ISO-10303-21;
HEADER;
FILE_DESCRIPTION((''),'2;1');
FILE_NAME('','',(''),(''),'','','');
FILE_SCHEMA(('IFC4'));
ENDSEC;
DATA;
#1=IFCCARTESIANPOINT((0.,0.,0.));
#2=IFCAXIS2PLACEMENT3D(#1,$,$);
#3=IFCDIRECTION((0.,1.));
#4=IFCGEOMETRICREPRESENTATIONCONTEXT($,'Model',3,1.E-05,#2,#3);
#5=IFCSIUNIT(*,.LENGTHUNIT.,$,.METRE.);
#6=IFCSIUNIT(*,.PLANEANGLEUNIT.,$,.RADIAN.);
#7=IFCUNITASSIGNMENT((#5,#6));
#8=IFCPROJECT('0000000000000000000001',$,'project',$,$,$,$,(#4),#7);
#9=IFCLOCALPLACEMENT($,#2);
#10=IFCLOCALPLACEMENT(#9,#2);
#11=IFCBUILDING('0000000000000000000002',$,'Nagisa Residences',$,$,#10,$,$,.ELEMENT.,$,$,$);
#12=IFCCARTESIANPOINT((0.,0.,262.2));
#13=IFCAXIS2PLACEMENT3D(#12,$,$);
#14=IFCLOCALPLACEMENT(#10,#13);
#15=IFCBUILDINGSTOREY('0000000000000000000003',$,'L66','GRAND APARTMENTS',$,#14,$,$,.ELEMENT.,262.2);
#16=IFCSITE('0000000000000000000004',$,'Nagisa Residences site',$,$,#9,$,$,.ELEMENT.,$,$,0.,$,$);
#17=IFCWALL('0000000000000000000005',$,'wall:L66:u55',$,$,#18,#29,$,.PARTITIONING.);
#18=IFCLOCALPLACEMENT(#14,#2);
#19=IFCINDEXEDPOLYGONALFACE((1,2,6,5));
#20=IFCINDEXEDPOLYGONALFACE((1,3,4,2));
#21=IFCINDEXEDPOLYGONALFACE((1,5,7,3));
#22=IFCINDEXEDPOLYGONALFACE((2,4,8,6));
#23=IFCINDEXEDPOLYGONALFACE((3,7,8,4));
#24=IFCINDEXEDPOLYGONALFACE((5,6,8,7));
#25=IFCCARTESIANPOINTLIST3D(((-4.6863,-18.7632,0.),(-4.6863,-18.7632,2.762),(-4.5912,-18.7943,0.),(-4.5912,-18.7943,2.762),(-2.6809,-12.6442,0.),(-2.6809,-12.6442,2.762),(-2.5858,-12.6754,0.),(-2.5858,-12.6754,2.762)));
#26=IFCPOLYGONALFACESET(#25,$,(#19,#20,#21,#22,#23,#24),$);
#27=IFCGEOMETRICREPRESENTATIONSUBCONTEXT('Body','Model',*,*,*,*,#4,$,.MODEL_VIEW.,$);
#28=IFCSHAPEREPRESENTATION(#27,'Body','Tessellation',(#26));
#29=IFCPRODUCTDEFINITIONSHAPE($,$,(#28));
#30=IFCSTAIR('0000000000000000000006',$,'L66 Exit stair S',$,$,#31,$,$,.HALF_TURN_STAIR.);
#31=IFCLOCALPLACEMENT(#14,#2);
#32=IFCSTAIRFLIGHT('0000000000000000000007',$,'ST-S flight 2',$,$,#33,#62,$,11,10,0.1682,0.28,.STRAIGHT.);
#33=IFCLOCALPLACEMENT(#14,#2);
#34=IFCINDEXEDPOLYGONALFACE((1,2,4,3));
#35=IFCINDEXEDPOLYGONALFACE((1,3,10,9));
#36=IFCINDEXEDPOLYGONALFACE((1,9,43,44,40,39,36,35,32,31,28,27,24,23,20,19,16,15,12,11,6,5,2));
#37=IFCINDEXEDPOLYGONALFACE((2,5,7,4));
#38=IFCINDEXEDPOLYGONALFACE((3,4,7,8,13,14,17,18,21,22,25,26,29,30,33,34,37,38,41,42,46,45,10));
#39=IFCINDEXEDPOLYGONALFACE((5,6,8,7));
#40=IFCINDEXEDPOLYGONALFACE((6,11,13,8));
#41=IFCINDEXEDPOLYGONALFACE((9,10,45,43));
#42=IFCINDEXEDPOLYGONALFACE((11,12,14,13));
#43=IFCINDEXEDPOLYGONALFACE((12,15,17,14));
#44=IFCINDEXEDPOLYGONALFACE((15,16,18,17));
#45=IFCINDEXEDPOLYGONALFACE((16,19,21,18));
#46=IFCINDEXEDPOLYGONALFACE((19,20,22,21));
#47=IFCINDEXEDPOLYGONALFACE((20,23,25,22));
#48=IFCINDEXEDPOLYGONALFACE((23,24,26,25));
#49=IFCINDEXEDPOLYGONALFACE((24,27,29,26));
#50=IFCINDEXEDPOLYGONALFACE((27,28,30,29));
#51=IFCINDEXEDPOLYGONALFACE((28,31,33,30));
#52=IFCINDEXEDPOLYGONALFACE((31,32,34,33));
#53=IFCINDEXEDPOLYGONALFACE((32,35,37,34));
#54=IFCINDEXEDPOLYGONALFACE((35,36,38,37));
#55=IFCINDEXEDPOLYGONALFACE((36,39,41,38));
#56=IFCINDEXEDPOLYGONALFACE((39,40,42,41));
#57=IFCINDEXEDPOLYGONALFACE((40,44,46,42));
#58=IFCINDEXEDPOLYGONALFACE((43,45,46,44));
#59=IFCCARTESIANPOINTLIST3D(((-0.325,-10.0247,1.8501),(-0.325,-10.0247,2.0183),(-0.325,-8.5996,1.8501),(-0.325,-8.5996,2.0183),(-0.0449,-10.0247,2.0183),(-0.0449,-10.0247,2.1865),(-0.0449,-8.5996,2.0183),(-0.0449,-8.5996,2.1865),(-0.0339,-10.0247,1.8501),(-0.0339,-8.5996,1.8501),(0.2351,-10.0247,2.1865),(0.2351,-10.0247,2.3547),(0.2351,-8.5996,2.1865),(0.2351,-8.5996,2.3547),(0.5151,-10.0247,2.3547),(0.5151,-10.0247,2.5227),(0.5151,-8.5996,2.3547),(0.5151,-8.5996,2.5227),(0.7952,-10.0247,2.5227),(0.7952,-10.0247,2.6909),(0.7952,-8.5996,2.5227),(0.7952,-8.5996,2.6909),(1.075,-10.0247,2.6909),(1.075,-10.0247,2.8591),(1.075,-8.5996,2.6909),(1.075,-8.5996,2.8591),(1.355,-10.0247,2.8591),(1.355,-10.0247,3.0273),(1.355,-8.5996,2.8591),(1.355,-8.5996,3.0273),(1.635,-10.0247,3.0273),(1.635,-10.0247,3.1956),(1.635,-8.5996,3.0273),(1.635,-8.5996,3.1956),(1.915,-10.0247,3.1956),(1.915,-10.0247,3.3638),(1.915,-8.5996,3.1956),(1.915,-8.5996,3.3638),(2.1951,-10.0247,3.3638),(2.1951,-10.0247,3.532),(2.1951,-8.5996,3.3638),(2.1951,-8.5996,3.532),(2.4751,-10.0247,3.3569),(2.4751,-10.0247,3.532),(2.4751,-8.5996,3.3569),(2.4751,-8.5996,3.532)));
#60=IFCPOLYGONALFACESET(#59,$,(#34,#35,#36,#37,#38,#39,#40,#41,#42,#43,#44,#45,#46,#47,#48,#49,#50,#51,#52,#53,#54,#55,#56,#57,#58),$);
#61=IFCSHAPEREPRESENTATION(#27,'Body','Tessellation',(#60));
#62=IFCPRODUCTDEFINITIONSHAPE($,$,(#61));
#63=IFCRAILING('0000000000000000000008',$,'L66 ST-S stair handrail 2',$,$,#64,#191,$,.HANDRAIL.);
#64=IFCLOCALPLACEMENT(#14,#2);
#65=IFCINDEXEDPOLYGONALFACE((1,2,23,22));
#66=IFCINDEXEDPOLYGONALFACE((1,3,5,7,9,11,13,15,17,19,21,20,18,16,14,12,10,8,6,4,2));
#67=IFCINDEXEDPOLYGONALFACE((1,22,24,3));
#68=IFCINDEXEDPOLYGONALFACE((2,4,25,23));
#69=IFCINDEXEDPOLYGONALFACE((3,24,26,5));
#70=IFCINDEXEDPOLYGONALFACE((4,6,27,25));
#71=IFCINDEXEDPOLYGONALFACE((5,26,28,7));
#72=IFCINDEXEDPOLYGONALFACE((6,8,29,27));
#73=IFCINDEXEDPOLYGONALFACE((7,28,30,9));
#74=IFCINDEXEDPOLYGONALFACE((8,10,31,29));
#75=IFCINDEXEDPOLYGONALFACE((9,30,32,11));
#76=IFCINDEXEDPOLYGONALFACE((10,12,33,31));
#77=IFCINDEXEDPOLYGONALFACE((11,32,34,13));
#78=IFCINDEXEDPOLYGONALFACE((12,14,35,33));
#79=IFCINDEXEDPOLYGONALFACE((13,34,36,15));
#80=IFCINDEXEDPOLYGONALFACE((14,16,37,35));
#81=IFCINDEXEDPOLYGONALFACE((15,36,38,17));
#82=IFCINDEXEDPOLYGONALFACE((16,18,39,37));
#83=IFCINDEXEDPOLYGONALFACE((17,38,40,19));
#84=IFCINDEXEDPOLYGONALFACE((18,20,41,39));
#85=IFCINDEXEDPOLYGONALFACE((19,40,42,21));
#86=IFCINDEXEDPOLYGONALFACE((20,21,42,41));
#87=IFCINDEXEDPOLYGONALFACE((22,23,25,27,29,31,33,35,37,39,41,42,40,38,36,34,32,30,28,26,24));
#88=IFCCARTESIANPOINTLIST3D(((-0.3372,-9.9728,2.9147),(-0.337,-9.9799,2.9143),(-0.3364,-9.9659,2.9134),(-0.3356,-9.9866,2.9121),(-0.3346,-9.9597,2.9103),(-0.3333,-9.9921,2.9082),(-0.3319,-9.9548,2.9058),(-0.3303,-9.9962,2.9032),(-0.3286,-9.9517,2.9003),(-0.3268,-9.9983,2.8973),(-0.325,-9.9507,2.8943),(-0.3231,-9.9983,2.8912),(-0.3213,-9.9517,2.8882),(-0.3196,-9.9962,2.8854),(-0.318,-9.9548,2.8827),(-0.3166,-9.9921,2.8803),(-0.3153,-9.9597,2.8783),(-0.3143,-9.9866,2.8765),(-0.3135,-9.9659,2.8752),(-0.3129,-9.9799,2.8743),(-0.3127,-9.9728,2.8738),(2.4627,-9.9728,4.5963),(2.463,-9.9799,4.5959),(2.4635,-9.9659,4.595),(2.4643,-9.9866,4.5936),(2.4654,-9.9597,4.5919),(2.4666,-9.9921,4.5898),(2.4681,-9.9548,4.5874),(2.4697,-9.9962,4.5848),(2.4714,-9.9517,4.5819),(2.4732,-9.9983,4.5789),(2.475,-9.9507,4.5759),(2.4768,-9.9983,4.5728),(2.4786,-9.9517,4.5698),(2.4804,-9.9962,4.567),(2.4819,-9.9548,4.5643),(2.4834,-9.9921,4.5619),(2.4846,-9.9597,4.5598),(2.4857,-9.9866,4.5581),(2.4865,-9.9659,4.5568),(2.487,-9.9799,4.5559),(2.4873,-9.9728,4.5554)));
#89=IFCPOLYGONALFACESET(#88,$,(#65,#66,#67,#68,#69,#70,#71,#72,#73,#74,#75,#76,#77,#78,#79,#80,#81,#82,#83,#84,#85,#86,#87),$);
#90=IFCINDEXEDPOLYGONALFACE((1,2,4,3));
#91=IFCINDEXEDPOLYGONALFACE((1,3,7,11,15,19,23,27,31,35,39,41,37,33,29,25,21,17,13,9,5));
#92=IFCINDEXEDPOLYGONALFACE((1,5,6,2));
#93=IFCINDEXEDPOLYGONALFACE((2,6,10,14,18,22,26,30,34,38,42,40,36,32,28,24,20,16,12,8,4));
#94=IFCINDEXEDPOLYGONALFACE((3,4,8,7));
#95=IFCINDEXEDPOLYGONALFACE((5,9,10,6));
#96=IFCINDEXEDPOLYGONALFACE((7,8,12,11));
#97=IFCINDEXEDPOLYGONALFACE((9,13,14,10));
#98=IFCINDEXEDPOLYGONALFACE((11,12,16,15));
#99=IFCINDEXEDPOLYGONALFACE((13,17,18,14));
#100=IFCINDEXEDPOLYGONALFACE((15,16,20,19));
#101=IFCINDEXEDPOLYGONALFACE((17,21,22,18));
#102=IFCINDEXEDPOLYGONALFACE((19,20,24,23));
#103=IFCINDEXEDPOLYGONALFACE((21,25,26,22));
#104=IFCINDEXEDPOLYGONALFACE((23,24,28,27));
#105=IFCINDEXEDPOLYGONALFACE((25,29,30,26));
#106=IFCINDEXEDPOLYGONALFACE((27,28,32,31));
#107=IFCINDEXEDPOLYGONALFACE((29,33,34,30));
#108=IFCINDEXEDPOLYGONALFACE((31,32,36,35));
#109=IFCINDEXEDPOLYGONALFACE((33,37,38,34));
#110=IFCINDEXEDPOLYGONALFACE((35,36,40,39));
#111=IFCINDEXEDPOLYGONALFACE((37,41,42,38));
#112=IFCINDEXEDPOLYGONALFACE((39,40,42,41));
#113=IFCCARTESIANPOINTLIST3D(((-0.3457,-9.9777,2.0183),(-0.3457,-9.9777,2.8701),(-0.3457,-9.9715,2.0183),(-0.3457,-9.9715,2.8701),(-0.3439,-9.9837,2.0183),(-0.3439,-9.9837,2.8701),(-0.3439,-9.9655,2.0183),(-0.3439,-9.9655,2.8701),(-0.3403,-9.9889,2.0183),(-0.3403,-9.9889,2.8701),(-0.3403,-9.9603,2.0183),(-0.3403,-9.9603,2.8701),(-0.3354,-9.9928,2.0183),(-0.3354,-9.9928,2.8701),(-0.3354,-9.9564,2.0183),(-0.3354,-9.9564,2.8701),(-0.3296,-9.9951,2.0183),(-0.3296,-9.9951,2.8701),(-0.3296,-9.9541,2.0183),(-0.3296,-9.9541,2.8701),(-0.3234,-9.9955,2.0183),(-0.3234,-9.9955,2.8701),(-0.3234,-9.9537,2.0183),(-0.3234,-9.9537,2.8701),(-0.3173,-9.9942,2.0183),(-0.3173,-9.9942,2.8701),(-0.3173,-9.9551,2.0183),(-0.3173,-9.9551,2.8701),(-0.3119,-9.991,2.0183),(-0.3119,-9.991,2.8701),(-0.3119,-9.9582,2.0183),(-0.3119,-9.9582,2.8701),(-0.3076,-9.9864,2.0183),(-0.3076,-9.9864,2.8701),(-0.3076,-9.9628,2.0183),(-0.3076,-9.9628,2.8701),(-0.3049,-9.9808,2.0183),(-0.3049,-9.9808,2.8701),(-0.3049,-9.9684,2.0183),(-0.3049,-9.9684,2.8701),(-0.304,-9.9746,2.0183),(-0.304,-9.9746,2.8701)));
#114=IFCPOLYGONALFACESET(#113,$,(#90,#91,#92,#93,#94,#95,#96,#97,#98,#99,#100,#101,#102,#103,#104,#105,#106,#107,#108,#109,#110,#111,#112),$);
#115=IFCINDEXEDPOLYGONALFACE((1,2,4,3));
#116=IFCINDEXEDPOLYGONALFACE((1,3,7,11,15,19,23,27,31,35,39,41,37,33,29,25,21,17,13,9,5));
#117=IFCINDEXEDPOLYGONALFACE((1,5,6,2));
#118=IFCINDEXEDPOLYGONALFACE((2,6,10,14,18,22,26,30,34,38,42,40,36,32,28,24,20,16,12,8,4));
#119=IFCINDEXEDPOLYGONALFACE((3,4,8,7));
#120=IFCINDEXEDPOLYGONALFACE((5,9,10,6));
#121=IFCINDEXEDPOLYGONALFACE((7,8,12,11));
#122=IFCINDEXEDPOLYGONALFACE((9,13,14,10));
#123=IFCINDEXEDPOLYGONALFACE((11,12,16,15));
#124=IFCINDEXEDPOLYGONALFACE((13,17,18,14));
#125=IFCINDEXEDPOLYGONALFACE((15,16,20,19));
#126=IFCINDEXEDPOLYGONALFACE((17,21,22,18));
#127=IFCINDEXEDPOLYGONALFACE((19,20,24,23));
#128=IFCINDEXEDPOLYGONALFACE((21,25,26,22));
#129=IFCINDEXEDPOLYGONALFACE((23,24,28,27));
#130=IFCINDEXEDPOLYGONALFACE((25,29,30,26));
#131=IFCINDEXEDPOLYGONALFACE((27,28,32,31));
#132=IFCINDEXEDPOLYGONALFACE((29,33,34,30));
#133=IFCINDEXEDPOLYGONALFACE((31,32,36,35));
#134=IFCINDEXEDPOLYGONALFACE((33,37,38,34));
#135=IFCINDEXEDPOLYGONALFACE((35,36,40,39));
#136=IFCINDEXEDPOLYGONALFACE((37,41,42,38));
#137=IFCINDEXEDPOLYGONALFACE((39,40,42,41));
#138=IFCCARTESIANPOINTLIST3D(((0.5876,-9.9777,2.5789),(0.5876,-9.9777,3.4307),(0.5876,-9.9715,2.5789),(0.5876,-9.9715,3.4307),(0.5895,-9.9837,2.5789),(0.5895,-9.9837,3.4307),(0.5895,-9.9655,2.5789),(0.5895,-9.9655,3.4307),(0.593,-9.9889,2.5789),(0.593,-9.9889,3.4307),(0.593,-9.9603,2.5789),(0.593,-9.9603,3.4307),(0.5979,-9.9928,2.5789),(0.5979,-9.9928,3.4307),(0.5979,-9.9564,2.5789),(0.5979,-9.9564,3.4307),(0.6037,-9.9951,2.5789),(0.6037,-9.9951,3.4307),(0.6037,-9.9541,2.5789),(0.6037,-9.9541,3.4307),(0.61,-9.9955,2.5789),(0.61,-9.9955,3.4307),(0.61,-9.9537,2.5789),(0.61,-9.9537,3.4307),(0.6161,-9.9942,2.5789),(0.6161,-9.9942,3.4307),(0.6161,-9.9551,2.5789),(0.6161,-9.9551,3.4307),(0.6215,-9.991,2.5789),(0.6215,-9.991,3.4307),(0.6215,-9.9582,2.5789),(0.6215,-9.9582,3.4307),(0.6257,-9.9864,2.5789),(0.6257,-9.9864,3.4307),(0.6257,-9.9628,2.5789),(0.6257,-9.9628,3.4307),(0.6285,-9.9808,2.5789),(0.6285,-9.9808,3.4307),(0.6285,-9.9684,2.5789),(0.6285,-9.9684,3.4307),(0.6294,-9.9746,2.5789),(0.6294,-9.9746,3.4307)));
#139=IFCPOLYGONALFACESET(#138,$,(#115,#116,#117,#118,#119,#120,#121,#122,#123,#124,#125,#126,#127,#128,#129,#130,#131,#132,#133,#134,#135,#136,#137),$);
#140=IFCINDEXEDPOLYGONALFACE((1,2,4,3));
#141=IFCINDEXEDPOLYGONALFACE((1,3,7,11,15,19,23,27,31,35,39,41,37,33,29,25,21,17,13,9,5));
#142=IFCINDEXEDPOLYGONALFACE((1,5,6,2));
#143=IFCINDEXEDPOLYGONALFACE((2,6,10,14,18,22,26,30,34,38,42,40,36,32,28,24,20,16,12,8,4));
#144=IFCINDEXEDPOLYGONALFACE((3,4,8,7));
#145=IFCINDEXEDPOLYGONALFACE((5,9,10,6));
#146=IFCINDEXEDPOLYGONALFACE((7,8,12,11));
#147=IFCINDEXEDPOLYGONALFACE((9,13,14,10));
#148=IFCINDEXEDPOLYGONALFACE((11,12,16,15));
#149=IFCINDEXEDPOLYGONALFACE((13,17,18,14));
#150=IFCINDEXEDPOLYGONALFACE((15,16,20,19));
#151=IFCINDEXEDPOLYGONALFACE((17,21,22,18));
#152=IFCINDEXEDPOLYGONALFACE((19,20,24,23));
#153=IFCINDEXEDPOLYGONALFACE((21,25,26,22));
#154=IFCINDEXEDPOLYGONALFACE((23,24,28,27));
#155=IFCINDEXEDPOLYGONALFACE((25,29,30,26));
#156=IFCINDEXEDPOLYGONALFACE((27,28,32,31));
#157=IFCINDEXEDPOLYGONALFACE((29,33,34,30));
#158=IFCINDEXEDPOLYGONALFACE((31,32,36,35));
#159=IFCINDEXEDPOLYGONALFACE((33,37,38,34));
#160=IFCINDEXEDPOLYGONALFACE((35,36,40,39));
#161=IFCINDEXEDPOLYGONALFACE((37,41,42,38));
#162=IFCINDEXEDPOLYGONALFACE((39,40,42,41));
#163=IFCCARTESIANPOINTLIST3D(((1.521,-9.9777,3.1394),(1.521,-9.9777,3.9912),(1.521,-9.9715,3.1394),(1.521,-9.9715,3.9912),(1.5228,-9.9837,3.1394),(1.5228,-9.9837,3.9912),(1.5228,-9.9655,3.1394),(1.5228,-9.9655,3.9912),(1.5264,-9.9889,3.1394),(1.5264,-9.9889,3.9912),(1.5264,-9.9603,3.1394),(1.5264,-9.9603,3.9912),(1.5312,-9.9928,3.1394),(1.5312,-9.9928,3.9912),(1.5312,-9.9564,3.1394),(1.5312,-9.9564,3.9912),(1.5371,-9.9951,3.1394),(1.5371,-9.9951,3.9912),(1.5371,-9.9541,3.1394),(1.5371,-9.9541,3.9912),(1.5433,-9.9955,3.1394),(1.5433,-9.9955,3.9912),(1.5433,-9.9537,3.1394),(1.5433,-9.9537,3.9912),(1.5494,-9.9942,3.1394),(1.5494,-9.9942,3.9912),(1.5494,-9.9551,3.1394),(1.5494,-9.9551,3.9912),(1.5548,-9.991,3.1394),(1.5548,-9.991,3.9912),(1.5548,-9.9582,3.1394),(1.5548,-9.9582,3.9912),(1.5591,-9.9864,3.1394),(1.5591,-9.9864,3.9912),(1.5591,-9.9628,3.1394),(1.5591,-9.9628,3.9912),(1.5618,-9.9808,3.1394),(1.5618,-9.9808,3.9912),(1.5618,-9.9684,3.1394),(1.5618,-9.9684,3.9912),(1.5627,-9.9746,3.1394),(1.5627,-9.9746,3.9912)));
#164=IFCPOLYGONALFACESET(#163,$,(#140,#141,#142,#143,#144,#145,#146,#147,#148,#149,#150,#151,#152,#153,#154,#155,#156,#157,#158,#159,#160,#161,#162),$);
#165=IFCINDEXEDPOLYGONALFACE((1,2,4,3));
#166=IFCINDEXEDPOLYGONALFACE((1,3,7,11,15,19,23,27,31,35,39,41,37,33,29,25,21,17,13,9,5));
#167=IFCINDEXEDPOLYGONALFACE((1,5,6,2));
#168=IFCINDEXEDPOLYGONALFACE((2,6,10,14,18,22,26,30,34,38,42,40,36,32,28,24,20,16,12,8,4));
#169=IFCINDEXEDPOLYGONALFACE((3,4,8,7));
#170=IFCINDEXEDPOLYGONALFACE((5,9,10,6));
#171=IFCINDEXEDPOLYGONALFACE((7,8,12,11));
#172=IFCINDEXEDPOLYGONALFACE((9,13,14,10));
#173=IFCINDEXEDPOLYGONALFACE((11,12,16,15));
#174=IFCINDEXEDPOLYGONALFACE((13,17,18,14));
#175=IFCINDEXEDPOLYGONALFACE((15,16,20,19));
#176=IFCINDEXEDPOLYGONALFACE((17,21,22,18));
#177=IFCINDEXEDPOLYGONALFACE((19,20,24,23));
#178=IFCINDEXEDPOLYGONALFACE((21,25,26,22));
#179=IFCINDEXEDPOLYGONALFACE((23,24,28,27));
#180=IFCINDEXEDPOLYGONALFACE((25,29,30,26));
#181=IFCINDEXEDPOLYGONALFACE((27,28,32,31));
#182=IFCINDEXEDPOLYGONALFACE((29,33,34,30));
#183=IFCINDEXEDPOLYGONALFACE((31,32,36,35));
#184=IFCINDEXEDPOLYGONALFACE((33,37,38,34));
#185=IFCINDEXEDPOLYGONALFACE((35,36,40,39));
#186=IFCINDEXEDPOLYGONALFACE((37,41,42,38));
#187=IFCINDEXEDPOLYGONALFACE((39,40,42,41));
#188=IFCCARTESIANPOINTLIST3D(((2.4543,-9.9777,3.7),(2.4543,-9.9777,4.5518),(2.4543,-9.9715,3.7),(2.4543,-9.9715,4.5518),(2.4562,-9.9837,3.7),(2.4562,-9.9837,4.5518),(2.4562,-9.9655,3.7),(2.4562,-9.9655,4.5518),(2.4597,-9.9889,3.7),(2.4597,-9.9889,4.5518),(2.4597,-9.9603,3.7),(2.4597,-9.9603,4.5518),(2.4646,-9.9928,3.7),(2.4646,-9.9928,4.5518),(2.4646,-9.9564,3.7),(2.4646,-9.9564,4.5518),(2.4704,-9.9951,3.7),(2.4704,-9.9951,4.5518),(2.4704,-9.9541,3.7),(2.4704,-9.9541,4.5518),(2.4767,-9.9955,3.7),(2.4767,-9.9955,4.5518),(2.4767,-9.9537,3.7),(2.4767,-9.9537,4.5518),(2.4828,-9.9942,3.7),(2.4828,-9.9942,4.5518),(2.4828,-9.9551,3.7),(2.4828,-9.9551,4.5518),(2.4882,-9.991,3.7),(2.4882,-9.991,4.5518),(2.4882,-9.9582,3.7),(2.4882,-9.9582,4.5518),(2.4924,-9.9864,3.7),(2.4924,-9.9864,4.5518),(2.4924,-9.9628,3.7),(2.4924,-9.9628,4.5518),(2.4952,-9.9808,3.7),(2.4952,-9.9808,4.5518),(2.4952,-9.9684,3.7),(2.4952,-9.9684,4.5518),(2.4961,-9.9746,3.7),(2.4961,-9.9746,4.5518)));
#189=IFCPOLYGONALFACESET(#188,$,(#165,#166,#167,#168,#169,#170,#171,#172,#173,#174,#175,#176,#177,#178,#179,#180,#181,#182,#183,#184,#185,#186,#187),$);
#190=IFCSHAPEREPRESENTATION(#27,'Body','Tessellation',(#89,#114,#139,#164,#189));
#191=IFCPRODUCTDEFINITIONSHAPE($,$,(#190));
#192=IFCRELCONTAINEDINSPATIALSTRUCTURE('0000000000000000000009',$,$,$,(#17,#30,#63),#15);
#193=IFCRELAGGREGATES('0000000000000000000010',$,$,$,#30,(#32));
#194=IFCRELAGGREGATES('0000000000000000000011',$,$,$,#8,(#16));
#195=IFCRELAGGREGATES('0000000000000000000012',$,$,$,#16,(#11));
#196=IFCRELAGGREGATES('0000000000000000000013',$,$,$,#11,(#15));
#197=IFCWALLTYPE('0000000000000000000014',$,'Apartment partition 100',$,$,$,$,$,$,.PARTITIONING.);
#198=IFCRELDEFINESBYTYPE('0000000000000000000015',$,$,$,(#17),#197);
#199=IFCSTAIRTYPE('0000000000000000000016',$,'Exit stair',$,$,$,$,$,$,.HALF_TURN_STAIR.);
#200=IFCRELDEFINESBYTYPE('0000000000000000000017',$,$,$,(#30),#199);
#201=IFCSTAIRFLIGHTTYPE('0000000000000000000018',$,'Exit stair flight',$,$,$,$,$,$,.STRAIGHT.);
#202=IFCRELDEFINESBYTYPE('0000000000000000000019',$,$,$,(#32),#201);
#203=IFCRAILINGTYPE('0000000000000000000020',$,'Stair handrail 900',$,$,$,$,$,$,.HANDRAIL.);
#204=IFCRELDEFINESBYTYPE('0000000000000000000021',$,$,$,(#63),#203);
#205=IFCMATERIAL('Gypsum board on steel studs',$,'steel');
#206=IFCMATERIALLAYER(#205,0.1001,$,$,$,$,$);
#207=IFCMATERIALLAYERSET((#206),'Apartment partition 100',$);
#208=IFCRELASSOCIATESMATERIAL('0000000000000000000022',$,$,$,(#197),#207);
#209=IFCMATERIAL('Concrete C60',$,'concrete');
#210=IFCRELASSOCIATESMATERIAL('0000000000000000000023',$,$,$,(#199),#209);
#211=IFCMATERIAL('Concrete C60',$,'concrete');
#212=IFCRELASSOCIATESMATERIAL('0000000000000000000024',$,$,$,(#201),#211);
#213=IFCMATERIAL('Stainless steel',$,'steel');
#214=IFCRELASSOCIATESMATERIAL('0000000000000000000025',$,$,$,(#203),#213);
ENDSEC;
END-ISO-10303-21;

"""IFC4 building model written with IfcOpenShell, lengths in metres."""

from ifc_helpers import new_model, si_unit, direction, frame, frame_2d, origin, origin_2d, place, context, subcontext, project, spatial, polyline, rectangle, circle, outline, extrude, material, layer, layer_set, type_object, element, aggregate, save


model = new_model("IFC4")

# Units and contexts
model_context = context("Model", 3, precision=1e-05, world=origin(), true_north=direction((0.0, 1.0)))
body_context = subcontext(model_context, "Body", "Model", "MODEL_VIEW")
ifc_project = project(units=[si_unit("LENGTHUNIT", "METRE"), si_unit("PLANEANGLEUNIT", "RADIAN")], contexts=[model_context])

# Site, building, storey
site_placement = place(None, origin())
site = spatial("IfcSite", under=ifc_project, at=site_placement, Name="Nagisa Residences site", CompositionType="ELEMENT", RefElevation=0.0)
building_placement = place(site_placement, origin())
building = spatial("IfcBuilding", under=site, at=building_placement, Name="Nagisa Residences", CompositionType="ELEMENT")
storey_placement = place(building_placement, frame((0.0, 0.0, 262.2)))
storey = spatial("IfcBuildingStorey", under=building, at=storey_placement, Name="L66", Description="GRAND APARTMENTS", CompositionType="ELEMENT", Elevation=262.2)

# Shared definitions
ifc_material_1 = material(Name="Gypsum board on steel studs", Category="steel")
ifc_layer_1 = layer(ifc_material_1, 0.1001)
ifc_layer_set_1 = layer_set([ifc_layer_1], Name="Apartment partition 100")
wall_type_1 = type_object("IfcWallType", Name="Apartment partition 100", PredefinedType="PARTITIONING", material=ifc_layer_set_1)

# Wall
wall_1_placement = place(storey_placement, frame((-2.6333, -12.6597, 0.0), z_axis=(0.0, 0.0, 1.0), x_axis=(-0.311435, -0.950267, 0.0)))
element("IfcWall", 1, at=wall_1_placement, inside=storey, type_object=wall_type_1, Name="wall:L66:u55", PredefinedType="PARTITIONING", context=body_context, shape_type="SweptSolid", body=[
    extrude(rectangle(XDim=6.4392, YDim=0.1001, at=frame_2d((3.2197, 0.0))), origin(), (0.0, 0.0, 1.0), 2.762),
])

# Stair, stair flight
ifc_material_2 = material(Name="Concrete C60", Category="concrete")
stair_type = type_object("IfcStairType", Name="Exit stair", PredefinedType="HALF_TURN_STAIR", material=ifc_material_2)
stair_placement = place(storey_placement, origin())
stair = element("IfcStair", 2, at=stair_placement, inside=storey, type_object=stair_type, Name="L66 Exit stair S", PredefinedType="HALF_TURN_STAIR")
ifc_material_3 = material(Name="Concrete C60", Category="concrete")
stair_flight_type = type_object("IfcStairFlightType", Name="Exit stair flight", PredefinedType="STRAIGHT", material=ifc_material_3)
stair_flight_placement = place(storey_placement, frame((-0.325, -9.312, 1.8501), z_axis=(0.0, 0.0, 1.0), x_axis=(1.0, 0.0, 0.0)))
stair_flight = element("IfcStairFlight", 3, at=stair_flight_placement, type_object=stair_flight_type, Name="ST-S flight 2", NumberOfRisers=11, NumberOfTreads=10, PredefinedType="STRAIGHT", RiserHeight=0.1682, TreadLength=0.28, context=body_context, shape_type="SweptSolid", body=[
    extrude(outline(polyline([(0.0, 0.0), (0.0, 0.1682), (0.28, 0.1682), (0.28, 0.3364), (0.5601, 0.3364), (0.5601, 0.5046), (0.8401, 0.5046), (0.8401, 0.6726), (1.1201, 0.6726), (1.1201, 0.8408), (1.3999, 0.8408), (1.3999, 1.009), (1.6799, 1.009), (1.6799, 1.1772), (1.96, 1.1772), (1.96, 1.3455), (2.24, 1.3455), (2.24, 1.5137), (2.52, 1.5137), (2.52, 1.6819), (2.8, 1.6819), (2.8, 1.8501), (2.8, 1.5068), (0.291, 0.0), (0.0, 0.0)])), frame((0.0, 0.7124, 0.0), z_axis=(0.0, -1.0, 0.0), x_axis=(1.0, 0.0, 0.0)), (0.0, 0.0, 1.0), 1.425),
])
aggregate(stair, [stair_flight])

# Railing
ifc_material_4 = material(Name="Stainless steel", Category="steel")
railing_type = type_object("IfcRailingType", Name="Stair handrail 900", PredefinedType="HANDRAIL", material=ifc_material_4)
railing_placement = place(storey_placement, frame((-0.325, -9.9746, 2.0183)))
element("IfcRailing", 4, at=railing_placement, inside=storey, type_object=railing_type, Name="L66 ST-S stair handrail 2", PredefinedType="HANDRAIL", context=body_context, shape_type="SweptSolid", body=[
    extrude(circle(Radius=0.0239, at=origin_2d()), frame((0.0, 0.0, 0.876), z_axis=(0.857275, 0.0, 0.514858), x_axis=(0.0, 1.0, 0.0)), (0.0, 0.0, 1.0), 3.2661),
    extrude(circle(Radius=0.021, at=origin_2d()), origin(), (0.0, 0.0, 1.0), 0.8518),
    extrude(circle(Radius=0.021, at=origin_2d()), frame((0.9333, 0.0, 0.5605)), (0.0, 0.0, 1.0), 0.8518),
    extrude(circle(Radius=0.021, at=origin_2d()), frame((1.8667, 0.0, 1.1211)), (0.0, 0.0, 1.0), 0.8518),
    extrude(circle(Radius=0.021, at=origin_2d()), frame((2.8, 0.0, 1.6816)), (0.0, 0.0, 1.0), 0.8518),
])

save(model, "model.ifc")
